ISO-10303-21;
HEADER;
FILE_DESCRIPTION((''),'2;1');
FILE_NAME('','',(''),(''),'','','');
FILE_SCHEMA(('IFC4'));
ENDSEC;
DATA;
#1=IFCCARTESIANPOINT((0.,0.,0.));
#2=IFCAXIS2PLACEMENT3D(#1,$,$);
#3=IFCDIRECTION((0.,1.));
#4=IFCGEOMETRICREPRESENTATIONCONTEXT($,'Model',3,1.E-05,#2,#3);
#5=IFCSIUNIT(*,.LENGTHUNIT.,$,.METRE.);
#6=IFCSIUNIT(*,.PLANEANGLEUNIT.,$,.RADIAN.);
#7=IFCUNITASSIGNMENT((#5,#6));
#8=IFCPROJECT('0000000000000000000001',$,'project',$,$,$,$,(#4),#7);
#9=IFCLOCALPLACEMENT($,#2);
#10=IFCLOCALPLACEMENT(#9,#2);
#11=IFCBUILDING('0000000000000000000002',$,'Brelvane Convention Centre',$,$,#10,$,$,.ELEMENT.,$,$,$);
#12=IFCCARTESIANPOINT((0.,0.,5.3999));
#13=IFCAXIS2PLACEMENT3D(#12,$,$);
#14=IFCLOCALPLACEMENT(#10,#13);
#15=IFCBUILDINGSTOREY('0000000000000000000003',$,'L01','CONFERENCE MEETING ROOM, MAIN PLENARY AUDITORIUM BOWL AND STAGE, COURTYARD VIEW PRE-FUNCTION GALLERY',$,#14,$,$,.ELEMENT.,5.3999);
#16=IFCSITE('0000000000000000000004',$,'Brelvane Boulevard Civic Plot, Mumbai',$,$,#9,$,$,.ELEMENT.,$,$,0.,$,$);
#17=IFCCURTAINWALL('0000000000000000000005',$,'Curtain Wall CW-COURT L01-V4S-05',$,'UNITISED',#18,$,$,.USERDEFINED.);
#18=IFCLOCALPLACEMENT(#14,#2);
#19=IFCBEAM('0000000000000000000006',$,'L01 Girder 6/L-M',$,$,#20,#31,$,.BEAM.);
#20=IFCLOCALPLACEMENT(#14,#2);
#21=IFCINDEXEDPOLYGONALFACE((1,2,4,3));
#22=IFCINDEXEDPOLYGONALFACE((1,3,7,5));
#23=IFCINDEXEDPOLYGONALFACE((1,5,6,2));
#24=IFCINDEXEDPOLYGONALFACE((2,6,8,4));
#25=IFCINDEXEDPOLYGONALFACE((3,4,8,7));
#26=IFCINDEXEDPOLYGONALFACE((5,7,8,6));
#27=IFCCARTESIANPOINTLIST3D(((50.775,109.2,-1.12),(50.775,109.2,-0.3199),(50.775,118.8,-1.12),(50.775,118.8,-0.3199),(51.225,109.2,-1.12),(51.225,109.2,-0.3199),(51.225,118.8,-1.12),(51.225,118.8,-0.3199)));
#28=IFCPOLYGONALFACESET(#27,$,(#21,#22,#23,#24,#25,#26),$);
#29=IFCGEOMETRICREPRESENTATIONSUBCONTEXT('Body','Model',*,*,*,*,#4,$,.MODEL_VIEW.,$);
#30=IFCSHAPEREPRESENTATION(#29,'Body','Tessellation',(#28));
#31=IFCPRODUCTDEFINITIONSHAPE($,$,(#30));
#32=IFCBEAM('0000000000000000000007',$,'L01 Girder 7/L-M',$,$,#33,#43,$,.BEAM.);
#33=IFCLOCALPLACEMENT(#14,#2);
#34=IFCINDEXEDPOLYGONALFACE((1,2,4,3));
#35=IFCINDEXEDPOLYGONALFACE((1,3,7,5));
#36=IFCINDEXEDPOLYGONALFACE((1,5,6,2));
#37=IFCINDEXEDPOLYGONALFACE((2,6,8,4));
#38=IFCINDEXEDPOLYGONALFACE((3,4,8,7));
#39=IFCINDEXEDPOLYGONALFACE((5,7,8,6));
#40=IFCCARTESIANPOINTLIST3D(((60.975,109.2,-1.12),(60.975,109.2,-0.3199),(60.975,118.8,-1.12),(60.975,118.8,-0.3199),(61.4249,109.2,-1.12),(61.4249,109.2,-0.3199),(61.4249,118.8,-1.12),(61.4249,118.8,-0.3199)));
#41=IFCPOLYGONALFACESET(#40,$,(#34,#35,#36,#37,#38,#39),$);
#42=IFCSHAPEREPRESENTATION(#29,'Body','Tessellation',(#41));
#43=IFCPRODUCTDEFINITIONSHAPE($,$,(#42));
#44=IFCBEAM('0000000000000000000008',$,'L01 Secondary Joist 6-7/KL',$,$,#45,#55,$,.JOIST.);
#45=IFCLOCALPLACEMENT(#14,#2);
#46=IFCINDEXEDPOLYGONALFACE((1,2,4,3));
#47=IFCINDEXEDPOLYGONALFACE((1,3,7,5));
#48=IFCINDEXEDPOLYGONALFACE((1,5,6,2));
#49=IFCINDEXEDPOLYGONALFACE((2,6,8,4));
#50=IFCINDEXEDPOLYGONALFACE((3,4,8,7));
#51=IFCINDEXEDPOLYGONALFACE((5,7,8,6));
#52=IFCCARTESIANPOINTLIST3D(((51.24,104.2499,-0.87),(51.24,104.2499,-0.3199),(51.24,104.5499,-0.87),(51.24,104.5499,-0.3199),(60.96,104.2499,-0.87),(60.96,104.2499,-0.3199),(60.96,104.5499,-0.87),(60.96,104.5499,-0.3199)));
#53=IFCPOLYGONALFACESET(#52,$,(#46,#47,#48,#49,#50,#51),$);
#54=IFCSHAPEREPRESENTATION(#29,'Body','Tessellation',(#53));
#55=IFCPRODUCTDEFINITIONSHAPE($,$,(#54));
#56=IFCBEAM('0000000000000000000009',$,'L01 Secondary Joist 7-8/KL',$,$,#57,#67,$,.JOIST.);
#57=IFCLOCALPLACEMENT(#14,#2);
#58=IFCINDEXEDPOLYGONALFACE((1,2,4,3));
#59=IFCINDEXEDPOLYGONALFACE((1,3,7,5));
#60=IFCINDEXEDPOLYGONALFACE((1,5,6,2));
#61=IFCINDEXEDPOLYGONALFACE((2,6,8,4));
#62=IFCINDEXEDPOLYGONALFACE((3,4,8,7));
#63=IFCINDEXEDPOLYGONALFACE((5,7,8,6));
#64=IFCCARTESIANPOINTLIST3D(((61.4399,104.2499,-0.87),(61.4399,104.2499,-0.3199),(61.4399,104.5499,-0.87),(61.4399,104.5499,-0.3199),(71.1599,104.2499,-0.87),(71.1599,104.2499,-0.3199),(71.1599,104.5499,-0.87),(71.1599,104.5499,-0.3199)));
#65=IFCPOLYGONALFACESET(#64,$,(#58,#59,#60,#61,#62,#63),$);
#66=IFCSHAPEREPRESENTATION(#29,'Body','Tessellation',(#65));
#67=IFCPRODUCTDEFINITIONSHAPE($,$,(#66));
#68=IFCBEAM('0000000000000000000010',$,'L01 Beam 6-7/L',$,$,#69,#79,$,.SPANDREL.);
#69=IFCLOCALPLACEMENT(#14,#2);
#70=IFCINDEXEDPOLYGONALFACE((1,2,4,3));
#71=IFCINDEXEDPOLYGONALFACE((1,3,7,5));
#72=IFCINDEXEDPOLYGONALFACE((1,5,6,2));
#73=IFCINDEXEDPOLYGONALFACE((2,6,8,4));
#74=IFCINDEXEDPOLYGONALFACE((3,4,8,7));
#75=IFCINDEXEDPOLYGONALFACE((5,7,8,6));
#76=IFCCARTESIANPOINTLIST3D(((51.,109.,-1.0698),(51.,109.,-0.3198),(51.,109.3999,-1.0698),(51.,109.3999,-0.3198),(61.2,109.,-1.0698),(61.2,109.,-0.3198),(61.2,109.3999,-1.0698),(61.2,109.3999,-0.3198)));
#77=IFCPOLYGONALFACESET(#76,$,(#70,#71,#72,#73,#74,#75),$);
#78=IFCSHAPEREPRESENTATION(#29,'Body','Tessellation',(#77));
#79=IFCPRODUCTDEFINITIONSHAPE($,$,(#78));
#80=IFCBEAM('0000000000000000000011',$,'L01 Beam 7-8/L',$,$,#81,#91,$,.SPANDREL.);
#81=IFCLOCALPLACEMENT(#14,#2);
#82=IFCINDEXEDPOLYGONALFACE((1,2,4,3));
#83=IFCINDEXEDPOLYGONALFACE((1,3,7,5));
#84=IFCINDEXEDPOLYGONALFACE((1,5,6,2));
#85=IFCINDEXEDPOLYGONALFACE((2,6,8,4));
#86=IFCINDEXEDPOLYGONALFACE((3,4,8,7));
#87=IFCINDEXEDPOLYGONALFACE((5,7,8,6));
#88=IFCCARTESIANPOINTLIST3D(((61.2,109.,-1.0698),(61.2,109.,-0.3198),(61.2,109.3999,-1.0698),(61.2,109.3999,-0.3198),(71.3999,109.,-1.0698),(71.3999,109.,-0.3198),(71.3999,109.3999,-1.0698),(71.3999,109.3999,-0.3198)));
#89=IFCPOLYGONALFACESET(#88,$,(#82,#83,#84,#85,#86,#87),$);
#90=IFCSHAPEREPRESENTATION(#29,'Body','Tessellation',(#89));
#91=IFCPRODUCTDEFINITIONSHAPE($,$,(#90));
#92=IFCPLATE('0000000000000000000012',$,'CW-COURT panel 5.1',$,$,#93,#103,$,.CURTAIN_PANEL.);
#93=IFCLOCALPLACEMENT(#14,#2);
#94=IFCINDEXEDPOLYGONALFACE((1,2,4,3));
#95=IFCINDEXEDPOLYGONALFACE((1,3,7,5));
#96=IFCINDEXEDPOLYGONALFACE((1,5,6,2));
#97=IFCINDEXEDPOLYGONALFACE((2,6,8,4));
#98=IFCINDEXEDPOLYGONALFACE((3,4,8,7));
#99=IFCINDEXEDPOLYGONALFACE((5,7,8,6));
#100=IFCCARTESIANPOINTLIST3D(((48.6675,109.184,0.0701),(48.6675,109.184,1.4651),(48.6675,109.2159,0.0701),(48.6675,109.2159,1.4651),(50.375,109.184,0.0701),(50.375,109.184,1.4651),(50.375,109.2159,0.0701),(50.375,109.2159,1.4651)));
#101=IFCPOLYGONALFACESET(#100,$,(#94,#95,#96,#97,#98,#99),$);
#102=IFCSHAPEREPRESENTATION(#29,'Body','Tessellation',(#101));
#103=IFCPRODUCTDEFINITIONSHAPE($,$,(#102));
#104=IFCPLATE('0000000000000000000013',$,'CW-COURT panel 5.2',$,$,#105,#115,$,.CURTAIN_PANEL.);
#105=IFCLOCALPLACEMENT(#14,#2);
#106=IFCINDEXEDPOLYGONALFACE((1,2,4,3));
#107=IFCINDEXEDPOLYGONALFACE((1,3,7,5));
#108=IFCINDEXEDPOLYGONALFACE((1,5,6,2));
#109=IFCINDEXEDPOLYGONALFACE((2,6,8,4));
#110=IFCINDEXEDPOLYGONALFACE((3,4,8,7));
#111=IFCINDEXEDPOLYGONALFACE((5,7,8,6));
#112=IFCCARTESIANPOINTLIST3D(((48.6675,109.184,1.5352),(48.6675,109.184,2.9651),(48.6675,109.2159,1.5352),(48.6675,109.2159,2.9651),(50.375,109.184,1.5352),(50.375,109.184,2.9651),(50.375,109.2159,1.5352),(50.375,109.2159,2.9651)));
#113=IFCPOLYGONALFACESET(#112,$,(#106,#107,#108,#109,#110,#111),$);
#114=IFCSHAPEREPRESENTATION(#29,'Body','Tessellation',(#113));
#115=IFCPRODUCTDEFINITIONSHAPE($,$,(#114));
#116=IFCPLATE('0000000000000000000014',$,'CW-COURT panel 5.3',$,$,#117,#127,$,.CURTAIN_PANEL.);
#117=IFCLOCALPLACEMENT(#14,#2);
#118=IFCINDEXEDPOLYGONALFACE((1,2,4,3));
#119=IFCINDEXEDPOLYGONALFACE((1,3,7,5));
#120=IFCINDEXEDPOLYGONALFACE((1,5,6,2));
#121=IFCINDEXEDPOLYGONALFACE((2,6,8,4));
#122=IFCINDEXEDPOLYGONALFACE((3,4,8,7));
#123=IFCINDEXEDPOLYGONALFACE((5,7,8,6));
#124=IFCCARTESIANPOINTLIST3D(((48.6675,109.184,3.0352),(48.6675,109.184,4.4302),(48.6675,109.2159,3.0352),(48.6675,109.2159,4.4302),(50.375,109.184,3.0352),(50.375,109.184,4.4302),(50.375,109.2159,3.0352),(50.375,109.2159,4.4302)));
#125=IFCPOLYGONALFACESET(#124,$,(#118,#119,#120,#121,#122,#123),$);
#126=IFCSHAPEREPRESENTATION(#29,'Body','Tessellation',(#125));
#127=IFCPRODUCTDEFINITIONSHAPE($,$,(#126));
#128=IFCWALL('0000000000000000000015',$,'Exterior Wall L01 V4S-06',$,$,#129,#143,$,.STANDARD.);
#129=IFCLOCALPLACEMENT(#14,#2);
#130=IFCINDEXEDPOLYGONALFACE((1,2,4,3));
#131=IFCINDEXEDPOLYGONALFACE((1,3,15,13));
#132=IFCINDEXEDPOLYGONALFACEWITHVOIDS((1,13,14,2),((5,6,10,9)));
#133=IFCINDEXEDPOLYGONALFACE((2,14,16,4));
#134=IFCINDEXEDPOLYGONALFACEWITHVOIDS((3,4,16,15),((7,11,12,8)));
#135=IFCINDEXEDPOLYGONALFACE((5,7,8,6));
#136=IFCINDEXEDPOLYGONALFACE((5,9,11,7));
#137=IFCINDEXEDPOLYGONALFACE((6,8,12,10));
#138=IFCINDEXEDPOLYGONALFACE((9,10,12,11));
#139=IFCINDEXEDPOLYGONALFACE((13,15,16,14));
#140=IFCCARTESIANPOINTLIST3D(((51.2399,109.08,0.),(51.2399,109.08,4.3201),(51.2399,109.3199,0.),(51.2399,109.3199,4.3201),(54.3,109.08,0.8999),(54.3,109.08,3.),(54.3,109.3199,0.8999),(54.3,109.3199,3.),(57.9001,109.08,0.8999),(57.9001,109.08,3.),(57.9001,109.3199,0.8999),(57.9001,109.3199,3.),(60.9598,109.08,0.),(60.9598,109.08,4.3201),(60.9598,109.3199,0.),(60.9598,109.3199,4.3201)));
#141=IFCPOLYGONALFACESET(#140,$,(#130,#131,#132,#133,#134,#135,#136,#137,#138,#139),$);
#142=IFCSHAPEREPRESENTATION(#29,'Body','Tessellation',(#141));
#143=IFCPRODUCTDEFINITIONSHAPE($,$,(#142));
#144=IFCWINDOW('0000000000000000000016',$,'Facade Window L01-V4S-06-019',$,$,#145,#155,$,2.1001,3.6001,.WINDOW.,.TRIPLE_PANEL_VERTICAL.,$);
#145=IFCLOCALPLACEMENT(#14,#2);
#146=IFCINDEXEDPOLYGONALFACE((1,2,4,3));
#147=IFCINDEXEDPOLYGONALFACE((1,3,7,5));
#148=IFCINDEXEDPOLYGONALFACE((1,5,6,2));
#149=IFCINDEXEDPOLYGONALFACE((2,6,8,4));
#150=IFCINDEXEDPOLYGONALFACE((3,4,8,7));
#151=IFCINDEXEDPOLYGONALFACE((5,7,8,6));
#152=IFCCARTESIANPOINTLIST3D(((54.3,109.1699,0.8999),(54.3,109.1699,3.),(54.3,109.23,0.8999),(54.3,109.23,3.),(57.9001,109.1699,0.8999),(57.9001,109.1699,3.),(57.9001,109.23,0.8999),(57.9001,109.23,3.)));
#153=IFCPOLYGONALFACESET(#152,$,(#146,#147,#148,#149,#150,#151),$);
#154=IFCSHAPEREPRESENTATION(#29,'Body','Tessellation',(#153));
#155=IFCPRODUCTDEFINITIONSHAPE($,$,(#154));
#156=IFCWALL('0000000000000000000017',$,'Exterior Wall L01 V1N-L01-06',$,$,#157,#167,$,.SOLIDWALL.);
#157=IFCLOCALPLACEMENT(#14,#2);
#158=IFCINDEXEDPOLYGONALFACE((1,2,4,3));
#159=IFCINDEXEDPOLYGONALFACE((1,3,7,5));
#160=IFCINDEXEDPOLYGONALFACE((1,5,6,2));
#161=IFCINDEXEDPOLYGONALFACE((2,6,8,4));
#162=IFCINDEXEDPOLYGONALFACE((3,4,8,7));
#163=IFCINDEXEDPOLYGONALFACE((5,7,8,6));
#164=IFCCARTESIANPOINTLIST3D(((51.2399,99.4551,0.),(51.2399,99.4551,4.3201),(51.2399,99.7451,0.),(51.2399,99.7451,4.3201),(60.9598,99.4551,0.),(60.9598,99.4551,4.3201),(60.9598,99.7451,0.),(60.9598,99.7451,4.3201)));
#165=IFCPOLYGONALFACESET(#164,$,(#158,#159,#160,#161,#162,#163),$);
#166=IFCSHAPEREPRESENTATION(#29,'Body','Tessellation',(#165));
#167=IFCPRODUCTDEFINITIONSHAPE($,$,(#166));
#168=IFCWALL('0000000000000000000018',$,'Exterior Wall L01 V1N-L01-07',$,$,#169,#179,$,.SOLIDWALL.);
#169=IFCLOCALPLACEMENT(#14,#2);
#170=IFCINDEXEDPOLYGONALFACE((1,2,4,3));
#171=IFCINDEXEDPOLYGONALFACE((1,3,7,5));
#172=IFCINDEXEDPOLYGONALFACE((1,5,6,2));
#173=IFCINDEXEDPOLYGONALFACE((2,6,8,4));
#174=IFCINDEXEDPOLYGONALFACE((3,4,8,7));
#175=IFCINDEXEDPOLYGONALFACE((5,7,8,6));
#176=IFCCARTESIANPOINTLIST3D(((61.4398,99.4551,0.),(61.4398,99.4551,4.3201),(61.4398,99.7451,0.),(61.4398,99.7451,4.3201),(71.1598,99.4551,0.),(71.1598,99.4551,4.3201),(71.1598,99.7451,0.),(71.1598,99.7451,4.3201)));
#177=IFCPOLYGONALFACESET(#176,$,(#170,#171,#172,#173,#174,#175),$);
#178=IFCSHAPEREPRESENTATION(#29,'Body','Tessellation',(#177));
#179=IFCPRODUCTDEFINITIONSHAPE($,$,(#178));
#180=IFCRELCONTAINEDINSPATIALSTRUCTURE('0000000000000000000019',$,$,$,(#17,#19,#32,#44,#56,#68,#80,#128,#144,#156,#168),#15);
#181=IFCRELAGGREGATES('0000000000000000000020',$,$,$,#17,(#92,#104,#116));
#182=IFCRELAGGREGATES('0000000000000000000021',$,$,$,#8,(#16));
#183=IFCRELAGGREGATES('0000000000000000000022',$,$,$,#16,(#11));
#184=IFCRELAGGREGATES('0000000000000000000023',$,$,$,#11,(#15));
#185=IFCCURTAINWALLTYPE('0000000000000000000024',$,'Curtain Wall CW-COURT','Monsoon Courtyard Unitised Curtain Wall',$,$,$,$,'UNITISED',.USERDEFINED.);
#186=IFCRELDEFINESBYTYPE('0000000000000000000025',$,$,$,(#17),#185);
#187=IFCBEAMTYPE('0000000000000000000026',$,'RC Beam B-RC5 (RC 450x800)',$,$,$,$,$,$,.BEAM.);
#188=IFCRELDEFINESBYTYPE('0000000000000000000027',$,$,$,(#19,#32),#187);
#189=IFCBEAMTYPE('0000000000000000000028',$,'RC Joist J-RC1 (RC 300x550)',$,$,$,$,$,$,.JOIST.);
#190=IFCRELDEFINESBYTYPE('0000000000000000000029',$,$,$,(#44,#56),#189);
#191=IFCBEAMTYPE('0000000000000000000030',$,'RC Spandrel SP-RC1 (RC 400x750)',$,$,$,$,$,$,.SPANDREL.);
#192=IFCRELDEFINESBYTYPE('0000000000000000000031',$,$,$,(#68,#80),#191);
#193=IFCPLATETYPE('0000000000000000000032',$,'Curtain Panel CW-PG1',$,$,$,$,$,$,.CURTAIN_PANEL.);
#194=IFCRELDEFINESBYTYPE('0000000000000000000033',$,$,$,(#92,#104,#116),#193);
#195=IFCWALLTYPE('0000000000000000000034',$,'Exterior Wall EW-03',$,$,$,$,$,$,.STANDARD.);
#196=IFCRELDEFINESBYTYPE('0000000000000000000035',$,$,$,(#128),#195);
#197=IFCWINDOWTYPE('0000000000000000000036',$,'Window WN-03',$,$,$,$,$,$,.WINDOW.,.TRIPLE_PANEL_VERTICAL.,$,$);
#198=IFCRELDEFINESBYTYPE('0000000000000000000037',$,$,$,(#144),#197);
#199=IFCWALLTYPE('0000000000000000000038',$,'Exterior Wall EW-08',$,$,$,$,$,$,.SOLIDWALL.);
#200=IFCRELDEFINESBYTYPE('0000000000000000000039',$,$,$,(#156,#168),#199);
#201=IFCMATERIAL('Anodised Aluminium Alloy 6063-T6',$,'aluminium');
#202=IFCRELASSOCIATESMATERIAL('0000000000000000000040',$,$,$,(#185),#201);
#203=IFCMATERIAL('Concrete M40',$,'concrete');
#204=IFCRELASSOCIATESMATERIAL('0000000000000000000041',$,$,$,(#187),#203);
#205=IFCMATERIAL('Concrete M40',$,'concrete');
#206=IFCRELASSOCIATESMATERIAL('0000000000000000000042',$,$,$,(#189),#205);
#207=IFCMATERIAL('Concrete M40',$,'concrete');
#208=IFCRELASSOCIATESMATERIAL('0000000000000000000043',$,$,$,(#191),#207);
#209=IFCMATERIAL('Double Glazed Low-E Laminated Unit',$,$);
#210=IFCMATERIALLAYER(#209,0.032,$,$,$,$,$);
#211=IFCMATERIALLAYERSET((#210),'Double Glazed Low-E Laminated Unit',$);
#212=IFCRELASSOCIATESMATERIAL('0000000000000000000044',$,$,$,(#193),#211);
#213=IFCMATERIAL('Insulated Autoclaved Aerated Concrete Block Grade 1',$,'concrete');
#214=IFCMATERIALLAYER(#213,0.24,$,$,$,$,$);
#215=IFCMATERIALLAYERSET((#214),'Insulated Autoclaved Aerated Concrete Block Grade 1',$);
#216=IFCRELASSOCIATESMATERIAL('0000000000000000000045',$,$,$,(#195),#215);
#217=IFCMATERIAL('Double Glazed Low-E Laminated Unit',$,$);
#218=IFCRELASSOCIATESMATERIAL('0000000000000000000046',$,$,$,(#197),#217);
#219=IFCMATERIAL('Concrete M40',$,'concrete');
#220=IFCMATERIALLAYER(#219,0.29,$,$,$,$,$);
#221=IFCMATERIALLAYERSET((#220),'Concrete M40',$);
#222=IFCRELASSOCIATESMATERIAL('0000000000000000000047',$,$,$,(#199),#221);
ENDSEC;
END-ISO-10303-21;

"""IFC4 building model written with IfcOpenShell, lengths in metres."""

from ifc_helpers import new_model, si_unit, direction, frame, frame_2d, origin, origin_2d, place, context, subcontext, project, spatial, rectangle, extrude, material, layer, layer_set, material_profile, profile_set, type_object, element, fill, aggregate, save


model = new_model("IFC4")

# Units and contexts
model_context = context("Model", 3, precision=1e-05, world=origin(), true_north=direction((0.0, 1.0)))
body_context = subcontext(model_context, "Body", "Model", "MODEL_VIEW")
ifc_project = project(units=[si_unit("LENGTHUNIT", "METRE"), si_unit("PLANEANGLEUNIT", "RADIAN")], contexts=[model_context])

# Site, building, storey
site_placement = place(None, origin())
site = spatial("IfcSite", under=ifc_project, at=site_placement, Name="Brelvane Boulevard Civic Plot, Mumbai", CompositionType="ELEMENT", RefElevation=0.0)
building_placement = place(site_placement, origin())
building = spatial("IfcBuilding", under=site, at=building_placement, Name="Brelvane Convention Centre", CompositionType="ELEMENT")
storey_placement = place(building_placement, frame((0.0, 0.0, 5.3999)))
storey = spatial("IfcBuildingStorey", under=building, at=storey_placement, Name="L01", Description="CONFERENCE MEETING ROOM, MAIN PLENARY AUDITORIUM BOWL AND STAGE, COURTYARD VIEW PRE-FUNCTION GALLERY", CompositionType="ELEMENT", Elevation=5.3999)

# Curtain wall
ifc_material_1 = material(Name="Anodised Aluminium Alloy 6063-T6", Category="aluminium")
curtain_wall_type = type_object("IfcCurtainWallType", Name="Curtain Wall CW-COURT", Description="Monsoon Courtyard Unitised Curtain Wall", ElementType="UNITISED", PredefinedType="USERDEFINED", material=ifc_material_1)
curtain_wall_placement = place(storey_placement, origin())
curtain_wall = element("IfcCurtainWall", 1, at=curtain_wall_placement, inside=storey, type_object=curtain_wall_type, Name="Curtain Wall CW-COURT L01-V4S-05", ObjectType="UNITISED", PredefinedType="USERDEFINED")

# Beams
ifc_material_2 = material(Name="Concrete M40", Category="concrete")
ifc_material_profile_1 = material_profile(ifc_material_2, rectangle(XDim=0.45, YDim=0.8, at=origin_2d()), Name="RC 450x800")
ifc_profile_set_1 = profile_set([ifc_material_profile_1], Name="Concrete M40")
beam_type_1 = type_object("IfcBeamType", Name="RC Beam B-RC5 (RC 450x800)", PredefinedType="BEAM", material=ifc_profile_set_1)
for number, where, z_axis, x_axis, name in (
    (2, (51.0, 109.2, -0.72), (0.0, 1.0, 0.0), (-1.0, 0.0, 0.0), "L01 Girder 6/L-M"),
    (3, (61.2, 109.2, -0.72), (0.0, 1.0, 0.0), (-1.0, 0.0, 0.0), "L01 Girder 7/L-M"),
):
    element("IfcBeam", number, at=place(storey_placement, frame(where, z_axis=z_axis, x_axis=x_axis)), inside=storey, type_object=beam_type_1, Name=name, PredefinedType="BEAM", context=body_context, shape_type="SweptSolid", body=[
        extrude(rectangle(XDim=0.45, YDim=0.8, at=origin_2d()), origin(), (0.0, 0.0, 1.0), 9.6001),
    ])
ifc_material_3 = material(Name="Concrete M40", Category="concrete")
ifc_material_profile_2 = material_profile(ifc_material_3, rectangle(XDim=0.3, YDim=0.55, at=origin_2d()), Name="RC 300x550")
ifc_profile_set_2 = profile_set([ifc_material_profile_2], Name="Concrete M40")
beam_type_2 = type_object("IfcBeamType", Name="RC Joist J-RC1 (RC 300x550)", PredefinedType="JOIST", material=ifc_profile_set_2)
for number, where, z_axis, x_axis, name in (
    (4, (51.24, 104.3999, -0.595), (1.0, 0.0, 0.0), (0.0, 1.0, 0.0), "L01 Secondary Joist 6-7/KL"),
    (5, (61.4399, 104.3999, -0.595), (1.0, 0.0, 0.0), (0.0, 1.0, 0.0), "L01 Secondary Joist 7-8/KL"),
):
    element("IfcBeam", number, at=place(storey_placement, frame(where, z_axis=z_axis, x_axis=x_axis)), inside=storey, type_object=beam_type_2, Name=name, PredefinedType="JOIST", context=body_context, shape_type="SweptSolid", body=[
        extrude(rectangle(XDim=0.3, YDim=0.55, at=origin_2d()), origin(), (0.0, 0.0, 1.0), 9.72),
    ])
ifc_material_4 = material(Name="Concrete M40", Category="concrete")
ifc_material_profile_3 = material_profile(ifc_material_4, rectangle(XDim=0.3999, YDim=0.75, at=origin_2d()), Name="RC 400x750")
ifc_profile_set_3 = profile_set([ifc_material_profile_3], Name="Concrete M40")
beam_type_3 = type_object("IfcBeamType", Name="RC Spandrel SP-RC1 (RC 400x750)", PredefinedType="SPANDREL", material=ifc_profile_set_3)
for number, where, z_axis, x_axis, name in (
    (6, (51.0, 109.2, -0.6948), (1.0, 0.0, 0.0), (0.0, 1.0, 0.0), "L01 Beam 6-7/L"),
    (7, (61.2, 109.2, -0.6948), (1.0, 0.0, 0.0), (0.0, 1.0, 0.0), "L01 Beam 7-8/L"),
):
    element("IfcBeam", number, at=place(storey_placement, frame(where, z_axis=z_axis, x_axis=x_axis)), inside=storey, type_object=beam_type_3, Name=name, PredefinedType="SPANDREL", context=body_context, shape_type="SweptSolid", body=[
        extrude(rectangle(XDim=0.3999, YDim=0.75, at=origin_2d()), origin(), (0.0, 0.0, 1.0), 10.2),
    ])

# Plates
ifc_material_5 = material(Name="Double Glazed Low-E Laminated Unit")
ifc_layer_1 = layer(ifc_material_5, 0.032)
ifc_layer_set_1 = layer_set([ifc_layer_1], Name="Double Glazed Low-E Laminated Unit")
plate_type = type_object("IfcPlateType", Name="Curtain Panel CW-PG1", PredefinedType="CURTAIN_PANEL", material=ifc_layer_set_1)
plate_1_placement = place(storey_placement, frame((49.5212, 109.2, 0.0701), z_axis=(0.0, 0.0, 1.0), x_axis=(1.0, 0.0, 0.0)))
plate_1 = element("IfcPlate", 8, at=plate_1_placement, type_object=plate_type, Name="CW-COURT panel 5.1", PredefinedType="CURTAIN_PANEL", context=body_context, shape_type="SweptSolid", body=[
    extrude(rectangle(XDim=1.7075, YDim=0.032, at=origin_2d()), origin(), (0.0, 0.0, 1.0), 1.395),
])
plate_2_placement = place(storey_placement, frame((49.5212, 109.2, 1.5352), z_axis=(0.0, 0.0, 1.0), x_axis=(1.0, 0.0, 0.0)))
plate_2 = element("IfcPlate", 9, at=plate_2_placement, type_object=plate_type, Name="CW-COURT panel 5.2", PredefinedType="CURTAIN_PANEL", context=body_context, shape_type="SweptSolid", body=[
    extrude(rectangle(XDim=1.7075, YDim=0.032, at=origin_2d()), origin(), (0.0, 0.0, 1.0), 1.4299),
])
plate_3_placement = place(storey_placement, frame((49.5212, 109.2, 3.0352), z_axis=(0.0, 0.0, 1.0), x_axis=(1.0, 0.0, 0.0)))
plate_3 = element("IfcPlate", 10, at=plate_3_placement, type_object=plate_type, Name="CW-COURT panel 5.3", PredefinedType="CURTAIN_PANEL", context=body_context, shape_type="SweptSolid", body=[
    extrude(rectangle(XDim=1.7075, YDim=0.032, at=origin_2d()), origin(), (0.0, 0.0, 1.0), 1.395),
])
aggregate(curtain_wall, [plate_1, plate_2, plate_3])

# Wall, opening, window
ifc_material_6 = material(Name="Insulated Autoclaved Aerated Concrete Block Grade 1", Category="concrete")
ifc_layer_2 = layer(ifc_material_6, 0.24)
ifc_layer_set_2 = layer_set([ifc_layer_2], Name="Insulated Autoclaved Aerated Concrete Block Grade 1")
wall_type_1 = type_object("IfcWallType", Name="Exterior Wall EW-03", PredefinedType="STANDARD", material=ifc_layer_set_2)
wall_placement = place(storey_placement, frame((51.24, 109.2, 0.0), z_axis=(0.0, 0.0, 1.0), x_axis=(1.0, 0.0, 0.0)))
wall = element("IfcWall", 11, at=wall_placement, inside=storey, type_object=wall_type_1, Name="Exterior Wall L01 V4S-06", PredefinedType="STANDARD", context=body_context, shape_type="SweptSolid", body=[
    extrude(rectangle(XDim=9.72, YDim=0.24, at=frame_2d((4.8599, 0.0))), origin(), (0.0, 0.0, 1.0), 4.3201),
])
opening_placement = place(wall_placement, frame((3.0601, 0.0, 0.8999)))
opening = element("IfcOpeningElement", 12, at=opening_placement, cuts=wall, PredefinedType="OPENING", context=body_context, shape_type="SweptSolid", body=[
    extrude(rectangle(XDim=3.6001, YDim=2.1001, at=frame_2d((1.8, 1.05))), frame((0.0, 0.1299, 0.0), z_axis=(0.0, -1.0, 0.0), x_axis=(1.0, 0.0, 0.0)), (0.0, 0.0, 1.0), 0.26),
])
ifc_material_7 = material(Name="Double Glazed Low-E Laminated Unit")
window_type = type_object("IfcWindowType", Name="Window WN-03", PartitioningType="TRIPLE_PANEL_VERTICAL", PredefinedType="WINDOW", material=ifc_material_7)
window_placement = place(opening_placement, origin())
window = element("IfcWindow", 13, at=window_placement, inside=storey, type_object=window_type, Name="Facade Window L01-V4S-06-019", OverallHeight=2.1001, OverallWidth=3.6001, PartitioningType="TRIPLE_PANEL_VERTICAL", PredefinedType="WINDOW", context=body_context, shape_type="SweptSolid", body=[
    extrude(rectangle(XDim=3.6001, YDim=2.1001, at=frame_2d((1.8, 1.05))), frame((0.0, 0.03, 0.0), z_axis=(0.0, -1.0, 0.0), x_axis=(1.0, 0.0, 0.0)), (0.0, 0.0, 1.0), 0.0601),
])
fill(opening, window)

# Walls
ifc_material_8 = material(Name="Concrete M40", Category="concrete")
ifc_layer_3 = layer(ifc_material_8, 0.29)
ifc_layer_set_3 = layer_set([ifc_layer_3], Name="Concrete M40")
wall_type_2 = type_object("IfcWallType", Name="Exterior Wall EW-08", PredefinedType="SOLIDWALL", material=ifc_layer_set_3)
for number, where, z_axis, x_axis, name in (
    (14, (51.24, 99.6001, 0.0), (0.0, 0.0, 1.0), (1.0, 0.0, 0.0), "Exterior Wall L01 V1N-L01-06"),
    (15, (61.4399, 99.6001, 0.0), (0.0, 0.0, 1.0), (1.0, 0.0, 0.0), "Exterior Wall L01 V1N-L01-07"),
):
    element("IfcWall", number, at=place(storey_placement, frame(where, z_axis=z_axis, x_axis=x_axis)), inside=storey, type_object=wall_type_2, Name=name, PredefinedType="SOLIDWALL", context=body_context, shape_type="SweptSolid", body=[
        extrude(rectangle(XDim=9.72, YDim=0.29, at=frame_2d((4.8599, 0.0))), origin(), (0.0, 0.0, 1.0), 4.3201),
    ])

save(model, "model.ifc")
